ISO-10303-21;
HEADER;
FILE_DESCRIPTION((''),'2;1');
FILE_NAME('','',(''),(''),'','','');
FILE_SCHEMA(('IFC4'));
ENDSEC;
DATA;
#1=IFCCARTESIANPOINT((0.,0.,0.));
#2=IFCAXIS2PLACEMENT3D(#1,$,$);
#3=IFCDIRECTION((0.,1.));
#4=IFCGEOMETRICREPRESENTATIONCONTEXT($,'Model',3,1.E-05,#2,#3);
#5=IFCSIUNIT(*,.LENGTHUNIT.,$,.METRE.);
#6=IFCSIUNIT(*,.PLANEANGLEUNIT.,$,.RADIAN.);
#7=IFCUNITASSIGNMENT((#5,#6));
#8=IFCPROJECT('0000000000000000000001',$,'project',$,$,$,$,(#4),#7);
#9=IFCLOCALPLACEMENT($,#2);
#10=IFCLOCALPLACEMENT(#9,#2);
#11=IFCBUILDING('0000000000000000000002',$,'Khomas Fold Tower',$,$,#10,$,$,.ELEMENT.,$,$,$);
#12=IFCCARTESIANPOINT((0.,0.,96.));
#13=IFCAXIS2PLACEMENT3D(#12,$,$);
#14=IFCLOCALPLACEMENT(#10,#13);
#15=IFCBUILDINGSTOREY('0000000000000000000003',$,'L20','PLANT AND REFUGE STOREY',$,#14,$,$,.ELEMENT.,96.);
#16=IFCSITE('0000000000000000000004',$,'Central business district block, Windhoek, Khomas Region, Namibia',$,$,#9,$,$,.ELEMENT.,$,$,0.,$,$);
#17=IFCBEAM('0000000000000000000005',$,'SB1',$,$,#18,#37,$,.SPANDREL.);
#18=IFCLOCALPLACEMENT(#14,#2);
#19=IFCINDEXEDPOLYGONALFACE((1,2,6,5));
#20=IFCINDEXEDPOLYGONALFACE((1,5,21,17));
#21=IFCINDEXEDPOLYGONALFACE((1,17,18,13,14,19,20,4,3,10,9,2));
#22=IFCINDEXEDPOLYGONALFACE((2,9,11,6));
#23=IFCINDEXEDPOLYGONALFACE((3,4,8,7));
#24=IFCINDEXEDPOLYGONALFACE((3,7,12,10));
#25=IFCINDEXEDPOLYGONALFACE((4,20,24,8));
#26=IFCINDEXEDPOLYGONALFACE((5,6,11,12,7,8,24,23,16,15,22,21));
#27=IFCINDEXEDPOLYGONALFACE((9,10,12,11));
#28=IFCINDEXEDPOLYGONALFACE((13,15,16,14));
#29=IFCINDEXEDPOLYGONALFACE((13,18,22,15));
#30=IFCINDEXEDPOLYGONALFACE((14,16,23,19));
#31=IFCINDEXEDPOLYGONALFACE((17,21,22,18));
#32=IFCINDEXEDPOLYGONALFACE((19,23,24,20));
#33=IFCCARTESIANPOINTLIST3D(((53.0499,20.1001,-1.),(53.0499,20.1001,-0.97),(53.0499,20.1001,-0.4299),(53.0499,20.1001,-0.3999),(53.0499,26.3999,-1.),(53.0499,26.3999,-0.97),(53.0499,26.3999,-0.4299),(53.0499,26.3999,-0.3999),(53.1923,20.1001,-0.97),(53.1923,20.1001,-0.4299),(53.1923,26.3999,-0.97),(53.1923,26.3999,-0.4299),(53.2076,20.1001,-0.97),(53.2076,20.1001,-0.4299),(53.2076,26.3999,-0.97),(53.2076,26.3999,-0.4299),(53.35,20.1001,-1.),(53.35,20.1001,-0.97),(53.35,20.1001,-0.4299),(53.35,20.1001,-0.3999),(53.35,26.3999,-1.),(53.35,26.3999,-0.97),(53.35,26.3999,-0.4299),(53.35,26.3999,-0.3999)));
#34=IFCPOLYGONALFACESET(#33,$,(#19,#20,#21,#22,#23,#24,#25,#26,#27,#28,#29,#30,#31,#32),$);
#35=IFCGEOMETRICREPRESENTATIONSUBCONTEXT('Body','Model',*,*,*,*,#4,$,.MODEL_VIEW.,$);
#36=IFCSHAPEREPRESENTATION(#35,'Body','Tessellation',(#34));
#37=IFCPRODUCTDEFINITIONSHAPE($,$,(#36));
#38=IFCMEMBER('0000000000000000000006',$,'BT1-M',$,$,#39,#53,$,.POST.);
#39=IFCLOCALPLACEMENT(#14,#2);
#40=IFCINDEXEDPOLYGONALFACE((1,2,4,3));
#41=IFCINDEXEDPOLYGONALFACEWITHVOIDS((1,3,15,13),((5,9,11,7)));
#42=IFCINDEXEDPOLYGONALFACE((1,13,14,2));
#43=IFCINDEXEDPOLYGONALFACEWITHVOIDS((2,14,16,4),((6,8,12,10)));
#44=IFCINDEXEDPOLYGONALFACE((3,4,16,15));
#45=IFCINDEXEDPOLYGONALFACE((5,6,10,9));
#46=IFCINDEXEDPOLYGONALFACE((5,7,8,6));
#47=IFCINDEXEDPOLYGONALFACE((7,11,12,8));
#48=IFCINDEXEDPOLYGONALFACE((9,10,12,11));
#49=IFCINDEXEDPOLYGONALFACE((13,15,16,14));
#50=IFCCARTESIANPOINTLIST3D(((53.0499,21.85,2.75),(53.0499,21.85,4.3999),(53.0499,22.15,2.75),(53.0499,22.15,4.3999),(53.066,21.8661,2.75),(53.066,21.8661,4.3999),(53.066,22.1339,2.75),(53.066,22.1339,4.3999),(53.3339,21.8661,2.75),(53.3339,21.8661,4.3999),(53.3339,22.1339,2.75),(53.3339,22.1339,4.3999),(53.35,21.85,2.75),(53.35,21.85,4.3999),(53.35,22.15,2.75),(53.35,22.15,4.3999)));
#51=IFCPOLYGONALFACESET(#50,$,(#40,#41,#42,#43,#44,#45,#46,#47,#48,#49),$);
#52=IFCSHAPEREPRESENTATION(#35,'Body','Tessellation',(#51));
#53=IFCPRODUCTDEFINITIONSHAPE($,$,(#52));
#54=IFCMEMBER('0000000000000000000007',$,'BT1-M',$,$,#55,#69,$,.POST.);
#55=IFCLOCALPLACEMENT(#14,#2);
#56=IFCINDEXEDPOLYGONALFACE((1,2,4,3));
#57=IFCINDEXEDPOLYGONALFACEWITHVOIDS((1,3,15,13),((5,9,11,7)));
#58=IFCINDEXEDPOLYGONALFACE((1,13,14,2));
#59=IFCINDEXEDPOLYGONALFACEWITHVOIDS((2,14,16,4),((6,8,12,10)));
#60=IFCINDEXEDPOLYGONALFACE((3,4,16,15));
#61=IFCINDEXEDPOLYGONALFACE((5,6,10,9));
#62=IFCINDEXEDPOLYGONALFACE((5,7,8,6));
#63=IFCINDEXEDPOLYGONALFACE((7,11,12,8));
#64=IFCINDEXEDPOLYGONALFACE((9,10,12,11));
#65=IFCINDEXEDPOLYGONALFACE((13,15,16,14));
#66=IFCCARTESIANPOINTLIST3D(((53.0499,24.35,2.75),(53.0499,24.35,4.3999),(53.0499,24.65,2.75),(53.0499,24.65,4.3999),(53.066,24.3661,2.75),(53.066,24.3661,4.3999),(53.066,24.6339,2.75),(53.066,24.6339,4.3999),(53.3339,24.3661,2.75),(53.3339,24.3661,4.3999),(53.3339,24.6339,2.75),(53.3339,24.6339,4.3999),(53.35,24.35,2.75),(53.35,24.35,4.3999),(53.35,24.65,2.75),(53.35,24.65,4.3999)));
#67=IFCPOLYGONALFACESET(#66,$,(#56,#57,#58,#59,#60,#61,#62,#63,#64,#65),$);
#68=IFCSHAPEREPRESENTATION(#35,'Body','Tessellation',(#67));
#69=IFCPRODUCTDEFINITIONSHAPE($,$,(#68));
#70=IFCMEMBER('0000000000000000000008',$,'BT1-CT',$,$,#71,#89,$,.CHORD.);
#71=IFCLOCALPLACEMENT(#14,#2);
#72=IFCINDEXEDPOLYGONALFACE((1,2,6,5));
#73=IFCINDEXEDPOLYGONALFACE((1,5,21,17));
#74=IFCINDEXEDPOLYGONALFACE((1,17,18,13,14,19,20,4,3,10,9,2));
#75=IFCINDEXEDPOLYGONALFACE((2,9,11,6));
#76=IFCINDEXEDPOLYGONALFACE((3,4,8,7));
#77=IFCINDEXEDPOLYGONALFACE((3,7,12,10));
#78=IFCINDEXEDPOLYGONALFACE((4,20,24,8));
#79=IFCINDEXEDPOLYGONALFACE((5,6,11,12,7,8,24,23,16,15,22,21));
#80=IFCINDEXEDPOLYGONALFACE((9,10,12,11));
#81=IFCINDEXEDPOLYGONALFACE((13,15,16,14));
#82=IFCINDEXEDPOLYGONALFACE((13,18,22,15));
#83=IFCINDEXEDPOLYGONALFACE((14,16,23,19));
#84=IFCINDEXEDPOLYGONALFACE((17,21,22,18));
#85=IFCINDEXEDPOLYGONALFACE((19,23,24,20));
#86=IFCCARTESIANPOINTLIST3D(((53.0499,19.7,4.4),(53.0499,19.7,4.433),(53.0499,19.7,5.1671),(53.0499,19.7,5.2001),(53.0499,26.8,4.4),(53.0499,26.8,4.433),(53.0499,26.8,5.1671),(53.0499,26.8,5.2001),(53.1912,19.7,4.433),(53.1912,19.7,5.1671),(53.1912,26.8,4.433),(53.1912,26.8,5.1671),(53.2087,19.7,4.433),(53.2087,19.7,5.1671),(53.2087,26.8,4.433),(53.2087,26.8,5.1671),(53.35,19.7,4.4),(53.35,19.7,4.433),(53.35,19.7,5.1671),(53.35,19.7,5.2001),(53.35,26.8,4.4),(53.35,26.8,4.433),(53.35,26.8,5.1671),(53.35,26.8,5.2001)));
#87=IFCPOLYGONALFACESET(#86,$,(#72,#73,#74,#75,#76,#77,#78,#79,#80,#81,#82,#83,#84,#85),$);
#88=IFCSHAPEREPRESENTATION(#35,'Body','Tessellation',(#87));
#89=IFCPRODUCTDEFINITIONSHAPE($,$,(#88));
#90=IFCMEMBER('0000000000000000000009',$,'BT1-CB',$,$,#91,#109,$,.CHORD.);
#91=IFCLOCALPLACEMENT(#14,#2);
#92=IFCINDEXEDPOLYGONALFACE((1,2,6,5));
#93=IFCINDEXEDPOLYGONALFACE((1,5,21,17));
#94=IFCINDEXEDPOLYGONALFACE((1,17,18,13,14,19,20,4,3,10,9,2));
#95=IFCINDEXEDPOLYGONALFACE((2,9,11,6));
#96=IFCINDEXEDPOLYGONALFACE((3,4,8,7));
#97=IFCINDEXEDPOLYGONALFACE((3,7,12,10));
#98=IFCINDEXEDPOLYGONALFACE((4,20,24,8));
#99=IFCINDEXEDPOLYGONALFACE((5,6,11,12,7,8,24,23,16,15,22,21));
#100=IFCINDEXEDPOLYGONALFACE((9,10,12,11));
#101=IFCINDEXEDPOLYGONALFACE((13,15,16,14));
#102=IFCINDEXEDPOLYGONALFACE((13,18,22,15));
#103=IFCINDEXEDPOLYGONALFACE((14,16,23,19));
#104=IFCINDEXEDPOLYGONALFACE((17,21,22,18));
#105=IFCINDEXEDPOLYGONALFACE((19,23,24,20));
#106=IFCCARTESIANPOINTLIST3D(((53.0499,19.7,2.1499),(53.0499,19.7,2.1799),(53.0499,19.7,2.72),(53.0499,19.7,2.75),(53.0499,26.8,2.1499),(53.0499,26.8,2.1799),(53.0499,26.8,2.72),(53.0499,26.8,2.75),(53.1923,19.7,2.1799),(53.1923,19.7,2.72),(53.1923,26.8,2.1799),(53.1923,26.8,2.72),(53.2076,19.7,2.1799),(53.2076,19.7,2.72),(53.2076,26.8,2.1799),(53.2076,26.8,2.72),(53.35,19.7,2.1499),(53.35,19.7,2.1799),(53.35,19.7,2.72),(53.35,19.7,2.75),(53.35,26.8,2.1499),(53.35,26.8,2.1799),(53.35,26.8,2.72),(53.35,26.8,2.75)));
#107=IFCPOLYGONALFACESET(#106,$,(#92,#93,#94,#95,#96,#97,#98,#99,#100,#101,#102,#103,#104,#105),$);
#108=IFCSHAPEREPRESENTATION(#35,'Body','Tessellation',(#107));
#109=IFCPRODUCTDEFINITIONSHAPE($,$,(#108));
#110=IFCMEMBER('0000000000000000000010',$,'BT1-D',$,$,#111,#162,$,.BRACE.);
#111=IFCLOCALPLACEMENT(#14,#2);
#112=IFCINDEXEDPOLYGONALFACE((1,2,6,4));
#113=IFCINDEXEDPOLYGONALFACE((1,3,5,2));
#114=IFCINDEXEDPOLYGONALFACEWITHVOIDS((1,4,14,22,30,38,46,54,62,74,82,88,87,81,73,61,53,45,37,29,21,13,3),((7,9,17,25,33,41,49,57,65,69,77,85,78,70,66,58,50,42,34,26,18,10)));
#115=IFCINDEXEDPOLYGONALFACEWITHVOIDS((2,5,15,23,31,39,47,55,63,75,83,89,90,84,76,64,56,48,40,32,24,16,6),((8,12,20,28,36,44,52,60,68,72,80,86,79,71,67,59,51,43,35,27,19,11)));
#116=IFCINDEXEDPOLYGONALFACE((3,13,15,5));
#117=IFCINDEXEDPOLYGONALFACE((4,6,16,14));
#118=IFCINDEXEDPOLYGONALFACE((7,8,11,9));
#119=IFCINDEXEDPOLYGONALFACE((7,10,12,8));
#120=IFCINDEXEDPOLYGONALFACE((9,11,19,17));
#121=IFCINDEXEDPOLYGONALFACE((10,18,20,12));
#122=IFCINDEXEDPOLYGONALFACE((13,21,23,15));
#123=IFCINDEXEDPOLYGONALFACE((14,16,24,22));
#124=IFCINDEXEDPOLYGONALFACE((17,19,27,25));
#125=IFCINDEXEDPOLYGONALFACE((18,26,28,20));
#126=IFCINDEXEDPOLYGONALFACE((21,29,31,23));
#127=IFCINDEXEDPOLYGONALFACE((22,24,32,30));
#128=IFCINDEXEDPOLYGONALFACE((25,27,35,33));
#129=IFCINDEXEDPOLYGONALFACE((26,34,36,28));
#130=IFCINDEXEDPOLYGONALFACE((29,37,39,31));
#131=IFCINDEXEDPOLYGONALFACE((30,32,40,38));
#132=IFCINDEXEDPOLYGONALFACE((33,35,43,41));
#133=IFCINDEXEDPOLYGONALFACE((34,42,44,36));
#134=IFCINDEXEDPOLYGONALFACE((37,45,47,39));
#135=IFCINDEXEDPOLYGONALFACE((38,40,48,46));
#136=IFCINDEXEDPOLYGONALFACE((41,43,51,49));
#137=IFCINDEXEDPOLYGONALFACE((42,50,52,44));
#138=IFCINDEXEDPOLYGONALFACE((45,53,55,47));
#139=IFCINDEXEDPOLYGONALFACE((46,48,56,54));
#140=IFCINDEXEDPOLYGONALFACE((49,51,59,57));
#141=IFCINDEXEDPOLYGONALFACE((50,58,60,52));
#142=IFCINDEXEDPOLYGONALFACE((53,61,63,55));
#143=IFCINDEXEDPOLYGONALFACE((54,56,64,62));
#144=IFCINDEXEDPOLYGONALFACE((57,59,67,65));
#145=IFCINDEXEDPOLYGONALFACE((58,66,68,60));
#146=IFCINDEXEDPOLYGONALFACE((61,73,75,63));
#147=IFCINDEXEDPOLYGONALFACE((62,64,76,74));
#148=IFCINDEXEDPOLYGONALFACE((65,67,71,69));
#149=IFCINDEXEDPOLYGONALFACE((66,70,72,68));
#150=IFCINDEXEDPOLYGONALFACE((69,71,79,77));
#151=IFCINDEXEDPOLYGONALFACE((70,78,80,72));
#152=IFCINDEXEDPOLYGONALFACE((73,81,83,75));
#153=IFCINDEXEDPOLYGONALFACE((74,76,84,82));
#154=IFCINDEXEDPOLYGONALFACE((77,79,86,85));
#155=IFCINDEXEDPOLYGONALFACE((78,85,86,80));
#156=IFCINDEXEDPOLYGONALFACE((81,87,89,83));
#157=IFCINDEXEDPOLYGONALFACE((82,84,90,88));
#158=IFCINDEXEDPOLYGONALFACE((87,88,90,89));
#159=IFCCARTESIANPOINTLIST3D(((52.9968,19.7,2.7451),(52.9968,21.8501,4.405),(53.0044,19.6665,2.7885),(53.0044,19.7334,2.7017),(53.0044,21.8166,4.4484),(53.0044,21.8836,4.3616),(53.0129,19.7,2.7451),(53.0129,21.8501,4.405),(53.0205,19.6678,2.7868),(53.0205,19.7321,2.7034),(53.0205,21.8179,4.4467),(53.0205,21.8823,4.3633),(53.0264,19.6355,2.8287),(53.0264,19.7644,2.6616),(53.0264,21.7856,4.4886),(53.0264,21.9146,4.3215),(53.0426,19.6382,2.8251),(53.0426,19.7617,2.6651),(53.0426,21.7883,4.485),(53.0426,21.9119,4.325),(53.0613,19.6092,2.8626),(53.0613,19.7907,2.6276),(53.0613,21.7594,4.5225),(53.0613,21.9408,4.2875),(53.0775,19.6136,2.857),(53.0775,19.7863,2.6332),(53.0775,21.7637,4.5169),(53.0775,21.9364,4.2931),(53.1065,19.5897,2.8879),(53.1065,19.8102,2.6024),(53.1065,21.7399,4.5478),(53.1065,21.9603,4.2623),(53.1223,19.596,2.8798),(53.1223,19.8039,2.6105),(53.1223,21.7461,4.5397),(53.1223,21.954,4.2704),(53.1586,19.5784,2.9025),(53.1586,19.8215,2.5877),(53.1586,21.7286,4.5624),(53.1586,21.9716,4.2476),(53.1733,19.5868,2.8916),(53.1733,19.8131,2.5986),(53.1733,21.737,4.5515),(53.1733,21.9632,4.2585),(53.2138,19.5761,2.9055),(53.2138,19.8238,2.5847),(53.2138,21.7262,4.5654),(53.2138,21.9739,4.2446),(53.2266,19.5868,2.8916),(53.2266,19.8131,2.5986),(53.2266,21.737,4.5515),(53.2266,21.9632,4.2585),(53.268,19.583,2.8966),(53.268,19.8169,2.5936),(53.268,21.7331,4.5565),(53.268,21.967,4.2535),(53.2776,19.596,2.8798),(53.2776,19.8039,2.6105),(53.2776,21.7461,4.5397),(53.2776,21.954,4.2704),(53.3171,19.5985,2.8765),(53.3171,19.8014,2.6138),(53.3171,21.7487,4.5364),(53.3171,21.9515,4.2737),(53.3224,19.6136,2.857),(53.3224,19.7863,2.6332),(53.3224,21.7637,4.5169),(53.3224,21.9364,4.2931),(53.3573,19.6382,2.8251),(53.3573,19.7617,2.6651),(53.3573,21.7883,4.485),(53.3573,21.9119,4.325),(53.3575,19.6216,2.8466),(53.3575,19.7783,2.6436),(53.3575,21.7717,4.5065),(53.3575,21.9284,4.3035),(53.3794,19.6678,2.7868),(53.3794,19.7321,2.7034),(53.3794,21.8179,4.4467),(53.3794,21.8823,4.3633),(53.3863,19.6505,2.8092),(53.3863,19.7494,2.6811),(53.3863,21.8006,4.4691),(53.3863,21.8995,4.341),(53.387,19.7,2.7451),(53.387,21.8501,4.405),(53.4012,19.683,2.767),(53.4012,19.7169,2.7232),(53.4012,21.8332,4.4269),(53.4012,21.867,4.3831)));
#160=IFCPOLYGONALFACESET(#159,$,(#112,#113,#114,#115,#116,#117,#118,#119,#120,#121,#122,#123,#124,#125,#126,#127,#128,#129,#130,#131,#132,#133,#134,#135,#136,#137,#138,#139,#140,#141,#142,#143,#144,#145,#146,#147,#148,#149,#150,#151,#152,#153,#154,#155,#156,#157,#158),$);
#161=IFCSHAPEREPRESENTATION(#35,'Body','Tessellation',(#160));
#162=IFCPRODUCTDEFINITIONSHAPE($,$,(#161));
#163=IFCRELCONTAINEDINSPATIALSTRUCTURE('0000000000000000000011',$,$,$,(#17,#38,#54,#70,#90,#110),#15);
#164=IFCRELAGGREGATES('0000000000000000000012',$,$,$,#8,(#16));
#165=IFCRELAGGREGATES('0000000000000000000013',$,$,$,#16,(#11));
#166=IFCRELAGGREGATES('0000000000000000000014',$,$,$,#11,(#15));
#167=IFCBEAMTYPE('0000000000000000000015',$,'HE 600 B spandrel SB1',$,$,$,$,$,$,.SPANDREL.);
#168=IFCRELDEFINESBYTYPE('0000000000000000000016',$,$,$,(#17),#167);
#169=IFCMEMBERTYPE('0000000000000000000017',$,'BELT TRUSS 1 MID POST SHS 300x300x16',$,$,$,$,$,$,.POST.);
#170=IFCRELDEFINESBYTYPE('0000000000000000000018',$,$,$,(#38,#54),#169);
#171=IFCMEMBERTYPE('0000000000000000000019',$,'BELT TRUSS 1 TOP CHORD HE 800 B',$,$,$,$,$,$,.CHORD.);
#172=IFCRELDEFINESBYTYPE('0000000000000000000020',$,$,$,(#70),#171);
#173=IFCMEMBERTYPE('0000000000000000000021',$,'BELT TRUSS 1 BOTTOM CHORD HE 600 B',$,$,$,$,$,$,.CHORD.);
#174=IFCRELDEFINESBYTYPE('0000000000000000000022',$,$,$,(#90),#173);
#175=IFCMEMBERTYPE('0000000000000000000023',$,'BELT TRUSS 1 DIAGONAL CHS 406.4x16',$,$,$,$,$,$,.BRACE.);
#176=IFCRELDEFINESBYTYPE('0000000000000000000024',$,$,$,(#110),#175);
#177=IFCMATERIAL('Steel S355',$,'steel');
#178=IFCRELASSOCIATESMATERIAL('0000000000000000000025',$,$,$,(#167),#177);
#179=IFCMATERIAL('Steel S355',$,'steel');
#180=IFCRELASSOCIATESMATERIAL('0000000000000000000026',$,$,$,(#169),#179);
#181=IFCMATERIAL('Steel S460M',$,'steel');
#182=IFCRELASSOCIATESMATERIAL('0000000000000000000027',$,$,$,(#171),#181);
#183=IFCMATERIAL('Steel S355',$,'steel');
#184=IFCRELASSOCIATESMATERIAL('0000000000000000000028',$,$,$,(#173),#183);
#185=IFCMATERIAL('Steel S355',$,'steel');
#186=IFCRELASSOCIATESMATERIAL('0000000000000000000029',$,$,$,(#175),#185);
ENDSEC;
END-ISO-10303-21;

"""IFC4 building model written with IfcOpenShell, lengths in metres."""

from ifc_helpers import new_model, si_unit, direction, frame, origin, origin_2d, place, context, subcontext, project, spatial, hollow_rectangle, hollow_circle, i_section, extrude, source, transform, mapped, material, material_profile, profile_set, type_object, element, save


model = new_model("IFC4")

# Units and contexts
model_context = context("Model", 3, precision=1e-05, world=origin(), true_north=direction((0.0, 1.0)))
body_context = subcontext(model_context, "Body", "Model", "MODEL_VIEW")
ifc_project = project(units=[si_unit("LENGTHUNIT", "METRE"), si_unit("PLANEANGLEUNIT", "RADIAN")], contexts=[model_context])

# Site, building, storey
site_placement = place(None, origin())
site = spatial("IfcSite", under=ifc_project, at=site_placement, Name="Central business district block, Windhoek, Khomas Region, Namibia", CompositionType="ELEMENT", RefElevation=0.0)
building_placement = place(site_placement, origin())
building = spatial("IfcBuilding", under=site, at=building_placement, Name="Khomas Fold Tower", CompositionType="ELEMENT")
storey_placement = place(building_placement, frame((0.0, 0.0, 96.0)))
storey = spatial("IfcBuildingStorey", under=building, at=storey_placement, Name="L20", Description="PLANT AND REFUGE STOREY", CompositionType="ELEMENT", Elevation=96.0)

# Beam
ifc_material_1 = material(Name="Steel S355", Category="steel")
ifc_material_profile_1 = material_profile(ifc_material_1, i_section(OverallWidth=0.3, OverallDepth=0.6001, WebThickness=0.0154, FlangeThickness=0.03, at=origin_2d()), Name="HE 600 B")
ifc_profile_set_1 = profile_set([ifc_material_profile_1], Name="Steel S355")
beam_type_1 = type_object("IfcBeamType", Name="HE 600 B spandrel SB1", PredefinedType="SPANDREL", material=ifc_profile_set_1)
shared_shape_1 = source(origin(), body_context, "Body", "SweptSolid", [
    extrude(i_section(OverallWidth=0.3, OverallDepth=0.6001, WebThickness=0.0154, FlangeThickness=0.03, at=origin_2d()), origin(), (0.0, 0.0, 1.0), 6.2998),
])
beam_1_placement = place(storey_placement, frame((53.2, 20.1001, -0.7), z_axis=(0.0, 1.0, 0.0), x_axis=(-1.0, 0.0, 0.0)))
element("IfcBeam", 1, at=beam_1_placement, inside=storey, type_object=beam_type_1, Name="SB1", PredefinedType="SPANDREL", context=body_context, shape_type="MappedRepresentation", body=[
    mapped(shared_shape_1, transform((0.0, 0.0, 0.0))),
])

# Members
ifc_material_2 = material(Name="Steel S355", Category="steel")
ifc_material_profile_2 = material_profile(ifc_material_2, hollow_rectangle(XDim=0.3, YDim=0.3, WallThickness=0.0161, at=origin_2d()), Name="SHS 300x300x16")
ifc_profile_set_2 = profile_set([ifc_material_profile_2], Name="Steel S355")
member_type_1 = type_object("IfcMemberType", Name="BELT TRUSS 1 MID POST SHS 300x300x16", PredefinedType="POST", material=ifc_profile_set_2)
shared_shape_2 = source(origin(), body_context, "Body", "SweptSolid", [
    extrude(hollow_rectangle(XDim=0.3, YDim=0.3, WallThickness=0.0161, at=origin_2d()), origin(), (0.0, 0.0, 1.0), 1.6499),
])
for number, where, z_axis, x_axis, name in (
    (2, (53.2, 22.0, 2.75), (0.0, 0.0, 1.0), (1.0, 0.0, 0.0), "BT1-M"),
    (3, (53.2, 24.5, 2.75), (0.0, 0.0, 1.0), (1.0, 0.0, 0.0), "BT1-M"),
):
    element("IfcMember", number, at=place(storey_placement, frame(where, z_axis=z_axis, x_axis=x_axis)), inside=storey, type_object=member_type_1, Name=name, PredefinedType="POST", context=body_context, shape_type="MappedRepresentation", body=[
        mapped(shared_shape_2, transform((0.0, 0.0, 0.0))),
    ])
ifc_material_3 = material(Name="Steel S460M", Category="steel")
ifc_material_profile_3 = material_profile(ifc_material_3, i_section(OverallWidth=0.3, OverallDepth=0.8, WebThickness=0.0176, FlangeThickness=0.033, at=origin_2d()), Name="HE 800 B")
ifc_profile_set_3 = profile_set([ifc_material_profile_3], Name="Steel S460M")
member_type_2 = type_object("IfcMemberType", Name="BELT TRUSS 1 TOP CHORD HE 800 B", PredefinedType="CHORD", material=ifc_profile_set_3)
shared_shape_3 = source(origin(), body_context, "Body", "SweptSolid", [
    extrude(i_section(OverallWidth=0.3, OverallDepth=0.8, WebThickness=0.0176, FlangeThickness=0.033, at=origin_2d()), origin(), (0.0, 0.0, 1.0), 7.1001),
])
member_1_placement = place(storey_placement, frame((53.2, 19.7, 4.8), z_axis=(0.0, 1.0, 0.0), x_axis=(-1.0, 0.0, 0.0)))
element("IfcMember", 4, at=member_1_placement, inside=storey, type_object=member_type_2, Name="BT1-CT", PredefinedType="CHORD", context=body_context, shape_type="MappedRepresentation", body=[
    mapped(shared_shape_3, transform((0.0, 0.0, 0.0))),
])
ifc_material_4 = material(Name="Steel S355", Category="steel")
ifc_material_profile_4 = material_profile(ifc_material_4, i_section(OverallWidth=0.3, OverallDepth=0.6001, WebThickness=0.0154, FlangeThickness=0.03, at=origin_2d()), Name="HE 600 B")
ifc_profile_set_4 = profile_set([ifc_material_profile_4], Name="Steel S355")
member_type_3 = type_object("IfcMemberType", Name="BELT TRUSS 1 BOTTOM CHORD HE 600 B", PredefinedType="CHORD", material=ifc_profile_set_4)
shared_shape_4 = source(origin(), body_context, "Body", "SweptSolid", [
    extrude(i_section(OverallWidth=0.3, OverallDepth=0.6001, WebThickness=0.0154, FlangeThickness=0.03, at=origin_2d()), origin(), (0.0, 0.0, 1.0), 7.1001),
])
member_2_placement = place(storey_placement, frame((53.2, 19.7, 2.45), z_axis=(0.0, 1.0, 0.0), x_axis=(-1.0, 0.0, 0.0)))
element("IfcMember", 5, at=member_2_placement, inside=storey, type_object=member_type_3, Name="BT1-CB", PredefinedType="CHORD", context=body_context, shape_type="MappedRepresentation", body=[
    mapped(shared_shape_4, transform((0.0, 0.0, 0.0))),
])
ifc_material_5 = material(Name="Steel S355", Category="steel")
ifc_material_profile_5 = material_profile(ifc_material_5, hollow_circle(Radius=0.2031, WallThickness=0.0161, at=origin_2d()), Name="CHS 406.4x16")
ifc_profile_set_5 = profile_set([ifc_material_profile_5], Name="Steel S355")
member_type_4 = type_object("IfcMemberType", Name="BELT TRUSS 1 DIAGONAL CHS 406.4x16", PredefinedType="BRACE", material=ifc_profile_set_5)
shared_shape_5 = source(origin(), body_context, "Body", "SweptSolid", [
    extrude(hollow_circle(Radius=0.2031, WallThickness=0.0161, at=origin_2d()), origin(), (0.0, 0.0, 1.0), 2.7163),
])
for number, where, z_axis, x_axis, name in (
    (6, (53.2, 19.7, 2.7451), (0.0, 0.791564, 0.611087), (-1.0, 0.0, 0.0), "BT1-D"),
):
    element("IfcMember", number, at=place(storey_placement, frame(where, z_axis=z_axis, x_axis=x_axis)), inside=storey, type_object=member_type_4, Name=name, PredefinedType="BRACE", context=body_context, shape_type="MappedRepresentation", body=[
        mapped(shared_shape_5, transform((0.0, 0.0, 0.0))),
    ])

save(model, "model.ifc")
